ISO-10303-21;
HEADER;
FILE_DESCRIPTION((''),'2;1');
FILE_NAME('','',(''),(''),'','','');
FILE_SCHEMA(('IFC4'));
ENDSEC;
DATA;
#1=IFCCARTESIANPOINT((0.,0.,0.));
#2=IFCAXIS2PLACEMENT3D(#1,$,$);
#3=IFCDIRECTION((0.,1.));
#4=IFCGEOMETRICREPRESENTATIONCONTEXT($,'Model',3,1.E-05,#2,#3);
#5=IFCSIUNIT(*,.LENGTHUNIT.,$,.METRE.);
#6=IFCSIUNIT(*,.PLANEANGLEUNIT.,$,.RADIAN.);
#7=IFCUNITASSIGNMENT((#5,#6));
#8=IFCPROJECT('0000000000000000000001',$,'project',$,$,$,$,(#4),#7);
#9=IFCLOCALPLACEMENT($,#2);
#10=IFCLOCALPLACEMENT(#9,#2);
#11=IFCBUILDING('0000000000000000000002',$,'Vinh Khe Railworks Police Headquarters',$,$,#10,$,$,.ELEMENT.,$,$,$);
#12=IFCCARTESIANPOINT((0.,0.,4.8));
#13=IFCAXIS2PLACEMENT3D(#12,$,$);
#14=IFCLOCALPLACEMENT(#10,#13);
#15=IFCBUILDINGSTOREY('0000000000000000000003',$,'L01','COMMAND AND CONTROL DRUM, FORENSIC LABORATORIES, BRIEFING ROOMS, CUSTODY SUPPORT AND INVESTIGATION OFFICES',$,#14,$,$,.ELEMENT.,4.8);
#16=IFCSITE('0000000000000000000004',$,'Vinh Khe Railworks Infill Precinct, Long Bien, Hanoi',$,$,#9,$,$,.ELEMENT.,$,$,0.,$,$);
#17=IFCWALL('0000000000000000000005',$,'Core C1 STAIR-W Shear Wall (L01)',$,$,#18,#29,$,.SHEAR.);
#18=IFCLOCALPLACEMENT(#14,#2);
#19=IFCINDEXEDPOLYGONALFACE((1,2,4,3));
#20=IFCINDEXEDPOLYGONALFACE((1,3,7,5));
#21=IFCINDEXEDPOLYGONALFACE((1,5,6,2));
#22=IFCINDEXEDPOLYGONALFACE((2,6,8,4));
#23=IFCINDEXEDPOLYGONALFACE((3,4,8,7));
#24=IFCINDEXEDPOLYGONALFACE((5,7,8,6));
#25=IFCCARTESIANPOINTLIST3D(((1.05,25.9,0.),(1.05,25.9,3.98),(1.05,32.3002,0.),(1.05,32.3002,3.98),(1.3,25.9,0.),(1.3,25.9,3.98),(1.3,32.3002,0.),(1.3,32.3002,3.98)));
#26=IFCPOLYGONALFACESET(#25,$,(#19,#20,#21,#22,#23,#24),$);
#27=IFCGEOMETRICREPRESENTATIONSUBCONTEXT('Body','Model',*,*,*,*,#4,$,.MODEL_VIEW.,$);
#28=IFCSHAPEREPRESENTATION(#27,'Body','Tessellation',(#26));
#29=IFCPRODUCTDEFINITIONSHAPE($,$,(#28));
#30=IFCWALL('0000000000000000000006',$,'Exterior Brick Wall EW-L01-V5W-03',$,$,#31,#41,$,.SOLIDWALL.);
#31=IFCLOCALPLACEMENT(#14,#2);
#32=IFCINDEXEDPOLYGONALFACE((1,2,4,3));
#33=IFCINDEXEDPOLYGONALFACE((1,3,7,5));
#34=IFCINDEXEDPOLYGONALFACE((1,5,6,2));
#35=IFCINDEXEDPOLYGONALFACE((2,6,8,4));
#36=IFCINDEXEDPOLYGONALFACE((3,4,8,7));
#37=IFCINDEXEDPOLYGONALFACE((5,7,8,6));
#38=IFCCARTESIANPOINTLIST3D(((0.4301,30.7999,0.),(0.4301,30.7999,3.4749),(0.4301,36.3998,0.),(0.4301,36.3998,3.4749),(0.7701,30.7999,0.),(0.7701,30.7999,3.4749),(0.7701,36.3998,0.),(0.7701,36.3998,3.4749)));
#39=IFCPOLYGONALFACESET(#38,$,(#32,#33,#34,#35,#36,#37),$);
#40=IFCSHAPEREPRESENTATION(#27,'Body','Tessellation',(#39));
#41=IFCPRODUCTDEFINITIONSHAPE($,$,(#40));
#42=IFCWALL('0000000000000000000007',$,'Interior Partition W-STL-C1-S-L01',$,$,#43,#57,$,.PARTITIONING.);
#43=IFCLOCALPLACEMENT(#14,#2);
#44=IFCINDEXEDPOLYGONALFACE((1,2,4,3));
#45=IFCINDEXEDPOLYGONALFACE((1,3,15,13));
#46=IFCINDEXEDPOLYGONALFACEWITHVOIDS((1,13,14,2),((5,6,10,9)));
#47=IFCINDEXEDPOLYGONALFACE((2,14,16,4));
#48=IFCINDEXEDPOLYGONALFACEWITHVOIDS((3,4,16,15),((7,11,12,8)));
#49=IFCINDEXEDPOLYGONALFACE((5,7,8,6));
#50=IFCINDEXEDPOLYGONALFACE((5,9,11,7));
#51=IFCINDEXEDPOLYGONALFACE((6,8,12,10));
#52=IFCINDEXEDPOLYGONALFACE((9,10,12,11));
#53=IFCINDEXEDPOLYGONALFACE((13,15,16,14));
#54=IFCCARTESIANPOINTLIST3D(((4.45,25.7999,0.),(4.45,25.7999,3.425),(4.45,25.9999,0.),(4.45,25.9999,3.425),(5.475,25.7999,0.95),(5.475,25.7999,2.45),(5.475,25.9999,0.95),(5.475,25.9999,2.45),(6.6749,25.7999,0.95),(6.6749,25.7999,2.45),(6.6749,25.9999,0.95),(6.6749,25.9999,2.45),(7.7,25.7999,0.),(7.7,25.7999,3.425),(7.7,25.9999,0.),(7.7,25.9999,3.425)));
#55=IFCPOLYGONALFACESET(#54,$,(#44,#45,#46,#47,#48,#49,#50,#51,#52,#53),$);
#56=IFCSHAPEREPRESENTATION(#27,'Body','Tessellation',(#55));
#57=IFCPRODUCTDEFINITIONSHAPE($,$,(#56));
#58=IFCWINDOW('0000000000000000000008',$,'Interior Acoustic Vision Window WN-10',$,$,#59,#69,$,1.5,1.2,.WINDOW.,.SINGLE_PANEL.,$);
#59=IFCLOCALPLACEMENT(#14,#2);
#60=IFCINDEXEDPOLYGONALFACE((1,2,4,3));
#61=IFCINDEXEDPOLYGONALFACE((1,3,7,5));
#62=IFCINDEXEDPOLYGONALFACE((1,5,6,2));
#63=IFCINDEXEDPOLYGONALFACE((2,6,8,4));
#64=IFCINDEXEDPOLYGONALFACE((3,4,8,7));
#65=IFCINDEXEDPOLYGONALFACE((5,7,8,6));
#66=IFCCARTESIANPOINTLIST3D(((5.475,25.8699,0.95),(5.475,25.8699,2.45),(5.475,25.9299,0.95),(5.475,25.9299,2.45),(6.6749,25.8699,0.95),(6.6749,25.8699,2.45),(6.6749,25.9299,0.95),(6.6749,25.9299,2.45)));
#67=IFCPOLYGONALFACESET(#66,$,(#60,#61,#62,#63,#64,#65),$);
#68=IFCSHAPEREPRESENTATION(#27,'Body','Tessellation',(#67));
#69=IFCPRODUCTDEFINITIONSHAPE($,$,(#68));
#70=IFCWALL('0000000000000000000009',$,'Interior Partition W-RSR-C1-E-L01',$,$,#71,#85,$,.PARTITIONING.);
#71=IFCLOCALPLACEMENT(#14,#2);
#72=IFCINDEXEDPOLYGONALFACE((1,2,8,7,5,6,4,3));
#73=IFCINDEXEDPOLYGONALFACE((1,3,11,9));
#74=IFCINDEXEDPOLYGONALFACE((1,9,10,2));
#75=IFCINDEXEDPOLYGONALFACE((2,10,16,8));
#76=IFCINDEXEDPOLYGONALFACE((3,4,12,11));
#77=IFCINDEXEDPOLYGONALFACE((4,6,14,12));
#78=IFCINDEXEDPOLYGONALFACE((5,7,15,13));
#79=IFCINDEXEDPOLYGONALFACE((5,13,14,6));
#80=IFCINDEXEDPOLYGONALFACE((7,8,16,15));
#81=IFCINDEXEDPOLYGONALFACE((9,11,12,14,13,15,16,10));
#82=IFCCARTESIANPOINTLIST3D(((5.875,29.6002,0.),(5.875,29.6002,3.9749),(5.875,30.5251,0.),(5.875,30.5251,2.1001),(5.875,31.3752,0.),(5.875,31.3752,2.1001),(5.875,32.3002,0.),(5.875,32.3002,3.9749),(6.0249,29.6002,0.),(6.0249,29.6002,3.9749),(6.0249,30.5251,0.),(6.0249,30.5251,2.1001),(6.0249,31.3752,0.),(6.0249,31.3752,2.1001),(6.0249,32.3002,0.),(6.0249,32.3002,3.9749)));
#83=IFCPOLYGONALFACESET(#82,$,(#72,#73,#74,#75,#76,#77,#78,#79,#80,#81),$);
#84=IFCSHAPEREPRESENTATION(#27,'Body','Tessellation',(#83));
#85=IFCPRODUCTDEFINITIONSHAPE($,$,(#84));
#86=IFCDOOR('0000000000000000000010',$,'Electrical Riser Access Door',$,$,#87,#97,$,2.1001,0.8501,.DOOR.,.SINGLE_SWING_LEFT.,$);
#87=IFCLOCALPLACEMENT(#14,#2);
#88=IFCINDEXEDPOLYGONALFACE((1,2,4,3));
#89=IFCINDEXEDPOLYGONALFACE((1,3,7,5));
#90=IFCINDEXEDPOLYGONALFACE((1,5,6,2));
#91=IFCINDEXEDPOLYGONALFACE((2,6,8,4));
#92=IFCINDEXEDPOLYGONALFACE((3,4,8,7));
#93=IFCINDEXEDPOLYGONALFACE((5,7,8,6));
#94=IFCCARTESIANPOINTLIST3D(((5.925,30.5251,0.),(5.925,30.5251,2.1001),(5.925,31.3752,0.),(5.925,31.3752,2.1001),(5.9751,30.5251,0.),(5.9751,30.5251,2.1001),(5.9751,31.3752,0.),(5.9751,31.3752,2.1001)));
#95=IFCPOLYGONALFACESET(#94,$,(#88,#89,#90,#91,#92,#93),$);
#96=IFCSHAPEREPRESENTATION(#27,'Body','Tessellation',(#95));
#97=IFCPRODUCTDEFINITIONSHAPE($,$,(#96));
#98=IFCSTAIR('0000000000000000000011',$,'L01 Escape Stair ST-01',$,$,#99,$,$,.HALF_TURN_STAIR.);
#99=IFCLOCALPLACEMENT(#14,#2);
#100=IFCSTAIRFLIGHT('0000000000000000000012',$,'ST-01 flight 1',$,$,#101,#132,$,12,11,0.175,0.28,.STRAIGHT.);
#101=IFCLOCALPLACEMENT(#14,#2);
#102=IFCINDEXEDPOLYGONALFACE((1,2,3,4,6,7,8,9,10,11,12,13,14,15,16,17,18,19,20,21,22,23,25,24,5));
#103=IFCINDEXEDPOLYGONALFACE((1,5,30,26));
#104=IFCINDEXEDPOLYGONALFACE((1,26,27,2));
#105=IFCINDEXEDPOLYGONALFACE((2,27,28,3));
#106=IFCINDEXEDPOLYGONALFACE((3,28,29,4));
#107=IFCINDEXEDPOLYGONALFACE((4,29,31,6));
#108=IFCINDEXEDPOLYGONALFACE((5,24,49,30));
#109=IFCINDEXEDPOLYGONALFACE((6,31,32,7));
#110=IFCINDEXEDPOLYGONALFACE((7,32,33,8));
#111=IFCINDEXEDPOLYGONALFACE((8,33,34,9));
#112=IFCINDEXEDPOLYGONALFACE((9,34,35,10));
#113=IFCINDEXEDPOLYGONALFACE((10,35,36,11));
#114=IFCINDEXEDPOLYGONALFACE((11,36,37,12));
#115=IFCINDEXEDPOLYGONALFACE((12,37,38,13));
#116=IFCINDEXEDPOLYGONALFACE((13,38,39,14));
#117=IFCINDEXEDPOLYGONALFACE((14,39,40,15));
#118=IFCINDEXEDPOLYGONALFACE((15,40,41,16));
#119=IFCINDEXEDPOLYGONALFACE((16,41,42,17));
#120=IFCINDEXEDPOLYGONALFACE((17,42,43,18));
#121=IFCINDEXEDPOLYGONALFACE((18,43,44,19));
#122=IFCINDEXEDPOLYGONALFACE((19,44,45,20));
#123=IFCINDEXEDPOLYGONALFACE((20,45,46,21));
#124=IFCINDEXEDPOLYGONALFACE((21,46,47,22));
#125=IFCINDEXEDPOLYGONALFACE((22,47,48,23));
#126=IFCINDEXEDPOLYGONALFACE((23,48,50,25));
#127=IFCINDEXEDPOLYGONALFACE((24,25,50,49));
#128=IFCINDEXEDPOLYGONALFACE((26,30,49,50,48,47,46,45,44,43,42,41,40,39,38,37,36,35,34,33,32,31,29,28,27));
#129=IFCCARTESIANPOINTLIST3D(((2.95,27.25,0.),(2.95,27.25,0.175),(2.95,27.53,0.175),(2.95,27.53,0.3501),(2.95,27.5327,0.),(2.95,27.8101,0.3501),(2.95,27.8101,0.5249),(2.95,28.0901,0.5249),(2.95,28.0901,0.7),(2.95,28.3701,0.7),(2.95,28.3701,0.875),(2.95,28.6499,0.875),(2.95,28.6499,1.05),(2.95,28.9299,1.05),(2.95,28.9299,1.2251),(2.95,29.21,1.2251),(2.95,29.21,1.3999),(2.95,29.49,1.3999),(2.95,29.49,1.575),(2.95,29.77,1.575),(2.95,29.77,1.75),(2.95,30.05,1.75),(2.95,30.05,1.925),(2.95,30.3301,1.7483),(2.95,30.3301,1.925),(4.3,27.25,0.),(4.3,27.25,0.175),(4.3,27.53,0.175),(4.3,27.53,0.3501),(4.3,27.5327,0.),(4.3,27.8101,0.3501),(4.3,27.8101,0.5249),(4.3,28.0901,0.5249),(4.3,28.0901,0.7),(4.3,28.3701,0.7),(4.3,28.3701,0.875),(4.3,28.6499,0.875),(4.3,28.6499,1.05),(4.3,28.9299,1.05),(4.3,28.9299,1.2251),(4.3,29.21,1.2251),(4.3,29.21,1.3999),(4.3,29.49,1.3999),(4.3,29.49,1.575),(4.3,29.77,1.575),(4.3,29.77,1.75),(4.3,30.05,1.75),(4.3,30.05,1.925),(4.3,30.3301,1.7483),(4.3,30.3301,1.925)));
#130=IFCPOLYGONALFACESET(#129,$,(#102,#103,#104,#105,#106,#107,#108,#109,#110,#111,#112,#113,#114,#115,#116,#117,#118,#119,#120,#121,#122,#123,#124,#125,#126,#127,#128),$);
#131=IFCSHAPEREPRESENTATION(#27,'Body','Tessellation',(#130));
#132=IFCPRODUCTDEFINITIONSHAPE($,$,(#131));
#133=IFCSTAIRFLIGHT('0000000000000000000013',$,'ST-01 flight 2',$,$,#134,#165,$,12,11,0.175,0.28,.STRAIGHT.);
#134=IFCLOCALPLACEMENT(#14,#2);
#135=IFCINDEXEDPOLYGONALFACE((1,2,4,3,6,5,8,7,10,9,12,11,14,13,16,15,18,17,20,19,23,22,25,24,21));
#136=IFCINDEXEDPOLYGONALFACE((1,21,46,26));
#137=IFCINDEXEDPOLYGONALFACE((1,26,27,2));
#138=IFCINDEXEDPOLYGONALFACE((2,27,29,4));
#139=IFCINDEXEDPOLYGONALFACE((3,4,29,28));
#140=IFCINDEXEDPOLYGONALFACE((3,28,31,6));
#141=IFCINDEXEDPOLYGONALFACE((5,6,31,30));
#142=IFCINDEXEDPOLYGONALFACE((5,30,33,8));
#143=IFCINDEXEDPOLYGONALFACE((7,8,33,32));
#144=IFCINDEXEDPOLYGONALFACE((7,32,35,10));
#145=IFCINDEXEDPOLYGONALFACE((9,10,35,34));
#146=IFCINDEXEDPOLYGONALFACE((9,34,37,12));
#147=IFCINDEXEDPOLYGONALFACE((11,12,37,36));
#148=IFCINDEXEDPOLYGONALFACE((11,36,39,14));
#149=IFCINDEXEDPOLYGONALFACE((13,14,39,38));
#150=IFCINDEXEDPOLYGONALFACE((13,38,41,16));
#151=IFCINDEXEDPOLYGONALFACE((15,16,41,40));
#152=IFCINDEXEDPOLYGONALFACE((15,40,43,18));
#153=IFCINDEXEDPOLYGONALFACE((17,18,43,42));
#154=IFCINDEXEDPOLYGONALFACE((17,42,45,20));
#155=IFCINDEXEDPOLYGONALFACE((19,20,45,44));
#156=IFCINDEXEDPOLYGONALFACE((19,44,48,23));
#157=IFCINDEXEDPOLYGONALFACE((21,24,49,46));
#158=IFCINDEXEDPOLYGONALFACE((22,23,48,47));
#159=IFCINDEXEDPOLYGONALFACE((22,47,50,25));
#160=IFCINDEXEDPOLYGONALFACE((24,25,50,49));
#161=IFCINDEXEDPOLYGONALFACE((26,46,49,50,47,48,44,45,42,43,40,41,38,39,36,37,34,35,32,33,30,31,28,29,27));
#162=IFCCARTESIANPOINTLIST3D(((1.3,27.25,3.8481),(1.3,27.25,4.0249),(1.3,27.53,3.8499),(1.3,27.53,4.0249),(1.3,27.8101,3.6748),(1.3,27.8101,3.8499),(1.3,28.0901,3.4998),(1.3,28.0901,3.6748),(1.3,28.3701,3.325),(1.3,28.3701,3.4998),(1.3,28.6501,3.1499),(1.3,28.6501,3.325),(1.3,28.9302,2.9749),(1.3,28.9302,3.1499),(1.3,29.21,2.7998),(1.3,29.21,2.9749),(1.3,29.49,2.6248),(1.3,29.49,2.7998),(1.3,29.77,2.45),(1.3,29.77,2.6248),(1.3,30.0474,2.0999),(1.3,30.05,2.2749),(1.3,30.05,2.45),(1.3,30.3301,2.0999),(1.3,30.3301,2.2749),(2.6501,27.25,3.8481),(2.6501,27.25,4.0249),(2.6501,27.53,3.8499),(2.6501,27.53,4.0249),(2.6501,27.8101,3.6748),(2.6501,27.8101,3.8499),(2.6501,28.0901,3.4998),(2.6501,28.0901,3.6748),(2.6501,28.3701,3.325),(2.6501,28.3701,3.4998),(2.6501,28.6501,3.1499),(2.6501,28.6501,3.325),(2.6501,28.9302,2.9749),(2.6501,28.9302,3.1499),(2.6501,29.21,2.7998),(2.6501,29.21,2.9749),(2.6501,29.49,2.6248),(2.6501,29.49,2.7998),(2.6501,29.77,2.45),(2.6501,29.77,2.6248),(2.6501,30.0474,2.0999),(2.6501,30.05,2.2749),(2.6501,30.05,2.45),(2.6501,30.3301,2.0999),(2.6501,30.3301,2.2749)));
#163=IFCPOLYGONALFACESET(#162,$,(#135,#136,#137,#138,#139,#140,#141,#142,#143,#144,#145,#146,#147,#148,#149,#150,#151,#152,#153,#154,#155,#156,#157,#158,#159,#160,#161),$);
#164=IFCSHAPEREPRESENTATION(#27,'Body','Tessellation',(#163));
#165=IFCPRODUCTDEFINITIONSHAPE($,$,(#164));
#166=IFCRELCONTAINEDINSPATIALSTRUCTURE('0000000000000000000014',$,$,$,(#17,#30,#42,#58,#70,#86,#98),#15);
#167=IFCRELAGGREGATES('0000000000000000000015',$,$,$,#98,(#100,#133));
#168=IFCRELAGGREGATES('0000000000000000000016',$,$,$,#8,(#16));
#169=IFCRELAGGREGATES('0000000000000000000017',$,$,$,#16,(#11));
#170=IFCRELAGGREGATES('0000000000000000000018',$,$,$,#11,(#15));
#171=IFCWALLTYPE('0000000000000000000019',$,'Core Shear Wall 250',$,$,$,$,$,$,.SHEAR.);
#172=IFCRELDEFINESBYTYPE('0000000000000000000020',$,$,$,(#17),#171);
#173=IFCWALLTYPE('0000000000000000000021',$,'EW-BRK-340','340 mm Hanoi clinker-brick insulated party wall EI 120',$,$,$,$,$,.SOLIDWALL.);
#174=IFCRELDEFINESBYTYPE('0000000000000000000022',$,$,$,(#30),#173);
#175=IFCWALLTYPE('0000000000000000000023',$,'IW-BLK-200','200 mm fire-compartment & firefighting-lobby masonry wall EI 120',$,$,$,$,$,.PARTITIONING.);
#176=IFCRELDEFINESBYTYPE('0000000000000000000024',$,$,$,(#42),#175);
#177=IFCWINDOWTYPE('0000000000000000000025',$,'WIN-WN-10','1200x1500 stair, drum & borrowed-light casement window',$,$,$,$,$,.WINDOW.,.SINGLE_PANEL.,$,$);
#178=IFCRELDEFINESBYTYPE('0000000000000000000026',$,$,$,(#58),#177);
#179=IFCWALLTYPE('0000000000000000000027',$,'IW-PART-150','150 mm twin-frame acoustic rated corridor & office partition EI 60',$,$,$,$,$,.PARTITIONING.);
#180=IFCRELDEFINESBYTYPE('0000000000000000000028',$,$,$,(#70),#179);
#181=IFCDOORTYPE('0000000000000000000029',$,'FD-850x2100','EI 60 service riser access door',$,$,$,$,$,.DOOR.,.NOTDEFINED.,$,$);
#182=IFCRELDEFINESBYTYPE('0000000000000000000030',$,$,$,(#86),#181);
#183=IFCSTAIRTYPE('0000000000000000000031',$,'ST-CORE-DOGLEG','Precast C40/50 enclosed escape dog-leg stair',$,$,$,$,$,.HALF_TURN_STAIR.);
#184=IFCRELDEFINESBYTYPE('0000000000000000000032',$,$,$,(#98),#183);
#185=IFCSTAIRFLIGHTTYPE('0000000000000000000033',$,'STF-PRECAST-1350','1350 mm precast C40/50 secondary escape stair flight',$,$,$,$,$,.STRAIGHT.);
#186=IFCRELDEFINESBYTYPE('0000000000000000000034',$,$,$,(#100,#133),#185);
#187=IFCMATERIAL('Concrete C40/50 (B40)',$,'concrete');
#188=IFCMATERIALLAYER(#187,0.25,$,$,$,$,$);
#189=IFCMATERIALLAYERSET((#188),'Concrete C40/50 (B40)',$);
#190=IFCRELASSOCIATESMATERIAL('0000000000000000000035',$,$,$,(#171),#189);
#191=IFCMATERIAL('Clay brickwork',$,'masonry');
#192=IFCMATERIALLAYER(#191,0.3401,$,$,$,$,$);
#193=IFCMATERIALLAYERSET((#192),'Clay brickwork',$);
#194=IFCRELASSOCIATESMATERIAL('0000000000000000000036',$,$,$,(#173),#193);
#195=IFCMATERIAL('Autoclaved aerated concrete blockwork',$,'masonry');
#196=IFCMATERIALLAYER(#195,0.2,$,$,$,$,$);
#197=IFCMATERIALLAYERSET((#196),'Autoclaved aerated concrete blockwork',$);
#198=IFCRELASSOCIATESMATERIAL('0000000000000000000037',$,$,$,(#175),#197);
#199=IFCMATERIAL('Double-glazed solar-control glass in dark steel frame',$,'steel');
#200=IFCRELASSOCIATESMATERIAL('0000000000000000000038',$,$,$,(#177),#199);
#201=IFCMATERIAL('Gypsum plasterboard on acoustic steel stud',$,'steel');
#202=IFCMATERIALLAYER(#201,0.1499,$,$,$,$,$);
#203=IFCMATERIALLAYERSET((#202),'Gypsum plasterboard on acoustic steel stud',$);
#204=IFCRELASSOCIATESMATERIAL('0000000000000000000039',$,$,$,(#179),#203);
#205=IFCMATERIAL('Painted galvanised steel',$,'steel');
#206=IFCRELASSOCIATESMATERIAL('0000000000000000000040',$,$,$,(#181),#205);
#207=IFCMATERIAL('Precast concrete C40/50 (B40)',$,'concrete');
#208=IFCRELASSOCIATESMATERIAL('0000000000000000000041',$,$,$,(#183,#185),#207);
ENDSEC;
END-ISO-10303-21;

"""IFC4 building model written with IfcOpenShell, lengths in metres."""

from ifc_helpers import new_model, si_unit, direction, frame, frame_2d, origin, place, context, subcontext, project, spatial, polyline, rectangle, outline, extrude, material, layer, layer_set, type_object, element, fill, aggregate, save


model = new_model("IFC4")

# Units and contexts
model_context = context("Model", 3, precision=1e-05, world=origin(), true_north=direction((0.0, 1.0)))
body_context = subcontext(model_context, "Body", "Model", "MODEL_VIEW")
ifc_project = project(units=[si_unit("LENGTHUNIT", "METRE"), si_unit("PLANEANGLEUNIT", "RADIAN")], contexts=[model_context])

# Site, building, storey
site_placement = place(None, origin())
site = spatial("IfcSite", under=ifc_project, at=site_placement, Name="Vinh Khe Railworks Infill Precinct, Long Bien, Hanoi", CompositionType="ELEMENT", RefElevation=0.0)
building_placement = place(site_placement, origin())
building = spatial("IfcBuilding", under=site, at=building_placement, Name="Vinh Khe Railworks Police Headquarters", CompositionType="ELEMENT")
storey_placement = place(building_placement, frame((0.0, 0.0, 4.8)))
storey = spatial("IfcBuildingStorey", under=building, at=storey_placement, Name="L01", Description="COMMAND AND CONTROL DRUM, FORENSIC LABORATORIES, BRIEFING ROOMS, CUSTODY SUPPORT AND INVESTIGATION OFFICES", CompositionType="ELEMENT", Elevation=4.8)

# Shared definitions
ifc_material_1 = material(Name="Concrete C40/50 (B40)", Category="concrete")

# Wall
ifc_layer_1 = layer(ifc_material_1, 0.25)
ifc_layer_set_1 = layer_set([ifc_layer_1], Name="Concrete C40/50 (B40)")
wall_type_1 = type_object("IfcWallType", Name="Core Shear Wall 250", PredefinedType="SHEAR", material=ifc_layer_set_1)
wall_1_placement = place(storey_placement, frame((1.175, 25.8999, 0.0), z_axis=(0.0, 0.0, 1.0), x_axis=(0.0, 1.0, 0.0)))
element("IfcWall", 1, at=wall_1_placement, inside=storey, type_object=wall_type_1, Name="Core C1 STAIR-W Shear Wall (L01)", PredefinedType="SHEAR", context=body_context, shape_type="SweptSolid", body=[
    extrude(rectangle(XDim=6.4001, YDim=0.25, at=frame_2d((3.2002, 0.0))), origin(), (0.0, 0.0, 1.0), 3.98),
])

# Shared definitions
ifc_material_2 = material(Name="Painted galvanised steel", Category="steel")

# Wall
ifc_material_3 = material(Name="Clay brickwork", Category="masonry")
ifc_layer_2 = layer(ifc_material_3, 0.3401)
ifc_layer_set_2 = layer_set([ifc_layer_2], Name="Clay brickwork")
wall_type_2 = type_object("IfcWallType", Name="EW-BRK-340", Description="340 mm Hanoi clinker-brick insulated party wall EI 120", PredefinedType="SOLIDWALL", material=ifc_layer_set_2)
wall_2_placement = place(storey_placement, frame((0.6001, 30.8, 0.0), z_axis=(0.0, 0.0, 1.0), x_axis=(0.0, 1.0, 0.0)))
element("IfcWall", 2, at=wall_2_placement, inside=storey, type_object=wall_type_2, Name="Exterior Brick Wall EW-L01-V5W-03", PredefinedType="SOLIDWALL", context=body_context, shape_type="SweptSolid", body=[
    extrude(rectangle(XDim=5.5999, YDim=0.3401, at=frame_2d((2.7998, 0.0))), origin(), (0.0, 0.0, 1.0), 3.4749),
])

# Wall, opening, window
ifc_material_4 = material(Name="Autoclaved aerated concrete blockwork", Category="masonry")
ifc_layer_3 = layer(ifc_material_4, 0.2)
ifc_layer_set_3 = layer_set([ifc_layer_3], Name="Autoclaved aerated concrete blockwork")
wall_type_3 = type_object("IfcWallType", Name="IW-BLK-200", Description="200 mm fire-compartment & firefighting-lobby masonry wall EI 120", PredefinedType="PARTITIONING", material=ifc_layer_set_3)
wall_3_placement = place(storey_placement, frame((4.45, 25.8999, 0.0), z_axis=(0.0, 0.0, 1.0), x_axis=(1.0, 0.0, 0.0)))
wall_3 = element("IfcWall", 3, at=wall_3_placement, inside=storey, type_object=wall_type_3, Name="Interior Partition W-STL-C1-S-L01", PredefinedType="PARTITIONING", context=body_context, shape_type="SweptSolid", body=[
    extrude(rectangle(XDim=3.25, YDim=0.2, at=frame_2d((1.625, 0.0))), origin(), (0.0, 0.0, 1.0), 3.425),
])
opening_1_placement = place(wall_3_placement, frame((1.0249, 0.0, 0.95)))
opening_1 = element("IfcOpeningElement", 4, at=opening_1_placement, cuts=wall_3, PredefinedType="OPENING", context=body_context, shape_type="SweptSolid", body=[
    extrude(rectangle(XDim=1.2, YDim=1.5, at=frame_2d((0.6001, 0.75))), frame((0.0, 0.1147, 0.0), z_axis=(0.0, -1.0, 0.0), x_axis=(1.0, 0.0, 0.0)), (0.0, 0.0, 1.0), 0.2297),
])
ifc_material_5 = material(Name="Double-glazed solar-control glass in dark steel frame", Category="steel")
window_type = type_object("IfcWindowType", Name="WIN-WN-10", Description="1200x1500 stair, drum & borrowed-light casement window", PartitioningType="SINGLE_PANEL", PredefinedType="WINDOW", material=ifc_material_5)
window_placement = place(opening_1_placement, origin())
window = element("IfcWindow", 5, at=window_placement, inside=storey, type_object=window_type, Name="Interior Acoustic Vision Window WN-10", OverallHeight=1.5, OverallWidth=1.2, PartitioningType="SINGLE_PANEL", PredefinedType="WINDOW", context=body_context, shape_type="SweptSolid", body=[
    extrude(rectangle(XDim=1.2, YDim=1.5, at=frame_2d((0.6001, 0.75))), frame((0.0, 0.03, 0.0), z_axis=(0.0, -1.0, 0.0), x_axis=(1.0, 0.0, 0.0)), (0.0, 0.0, 1.0), 0.0601),
])
fill(opening_1, window)

# Wall, opening, door
ifc_material_6 = material(Name="Gypsum plasterboard on acoustic steel stud", Category="steel")
ifc_layer_4 = layer(ifc_material_6, 0.1499)
ifc_layer_set_4 = layer_set([ifc_layer_4], Name="Gypsum plasterboard on acoustic steel stud")
wall_type_4 = type_object("IfcWallType", Name="IW-PART-150", Description="150 mm twin-frame acoustic rated corridor & office partition EI 60", PredefinedType="PARTITIONING", material=ifc_layer_set_4)
wall_4_placement = place(storey_placement, frame((5.95, 29.6001, 0.0), z_axis=(0.0, 0.0, 1.0), x_axis=(0.0, 1.0, 0.0)))
wall_4 = element("IfcWall", 6, at=wall_4_placement, inside=storey, type_object=wall_type_4, Name="Interior Partition W-RSR-C1-E-L01", PredefinedType="PARTITIONING", context=body_context, shape_type="SweptSolid", body=[
    extrude(rectangle(XDim=2.7, YDim=0.1499, at=frame_2d((1.3501, 0.0))), origin(), (0.0, 0.0, 1.0), 3.9749),
])
opening_2_placement = place(wall_4_placement, frame((0.925, 0.0, 0.0)))
opening_2 = element("IfcOpeningElement", 7, at=opening_2_placement, cuts=wall_4, PredefinedType="OPENING", context=body_context, shape_type="SweptSolid", body=[
    extrude(rectangle(XDim=0.8501, YDim=2.1001, at=frame_2d((0.425, 1.05))), frame((0.0, 0.0898, 0.0), z_axis=(0.0, -1.0, 0.0), x_axis=(1.0, 0.0, 0.0)), (0.0, 0.0, 1.0), 0.1797),
])
door_type_1 = type_object("IfcDoorType", Name="FD-850x2100", Description="EI 60 service riser access door", OperationType="NOTDEFINED", PredefinedType="DOOR", material=ifc_material_2)
door_1_placement = place(opening_2_placement, origin())
door_1 = element("IfcDoor", 8, at=door_1_placement, inside=storey, type_object=door_type_1, Name="Electrical Riser Access Door", OperationType="SINGLE_SWING_LEFT", OverallHeight=2.1001, OverallWidth=0.8501, PredefinedType="DOOR", context=body_context, shape_type="SweptSolid", body=[
    extrude(rectangle(XDim=0.8501, YDim=2.1001, at=frame_2d((0.425, 1.05))), frame((0.0, 0.0249, 0.0), z_axis=(0.0, -1.0, 0.0), x_axis=(1.0, 0.0, 0.0)), (0.0, 0.0, 1.0), 0.05),
])
fill(opening_2, door_1)

# Stair, stair flights
ifc_material_7 = material(Name="Precast concrete C40/50 (B40)", Category="concrete")
stair_type = type_object("IfcStairType", Name="ST-CORE-DOGLEG", Description="Precast C40/50 enclosed escape dog-leg stair", PredefinedType="HALF_TURN_STAIR", material=ifc_material_7)
stair_placement = place(storey_placement, origin())
stair = element("IfcStair", 9, at=stair_placement, inside=storey, type_object=stair_type, Name="L01 Escape Stair ST-01", PredefinedType="HALF_TURN_STAIR")
stair_flight_type = type_object("IfcStairFlightType", Name="STF-PRECAST-1350", Description="1350 mm precast C40/50 secondary escape stair flight", PredefinedType="STRAIGHT", material=ifc_material_7)
stair_flight_1_placement = place(storey_placement, frame((3.625, 27.25, 0.0), z_axis=(0.0, 0.0, 1.0), x_axis=(0.0, 1.0, 0.0)))
stair_flight_1 = element("IfcStairFlight", 10, at=stair_flight_1_placement, type_object=stair_flight_type, Name="ST-01 flight 1", NumberOfRisers=12, NumberOfTreads=11, PredefinedType="STRAIGHT", RiserHeight=0.175, TreadLength=0.28, context=body_context, shape_type="SweptSolid", body=[
    extrude(outline(polyline([(0.0, 0.0), (0.0, 0.175), (0.28, 0.175), (0.28, 0.3501), (0.5601, 0.3501), (0.5601, 0.5249), (0.8401, 0.5249), (0.8401, 0.7), (1.1201, 0.7), (1.1201, 0.875), (1.3999, 0.875), (1.3999, 1.05), (1.6799, 1.05), (1.6799, 1.2251), (1.96, 1.2251), (1.96, 1.3999), (2.24, 1.3999), (2.24, 1.575), (2.52, 1.575), (2.52, 1.75), (2.8, 1.75), (2.8, 1.925), (3.0801, 1.925), (3.0801, 2.1001), (3.0801, 1.7483), (0.2827, 0.0), (0.0, 0.0)])), frame((0.0, 0.675, 0.0), z_axis=(0.0, -1.0, 0.0), x_axis=(1.0, 0.0, 0.0)), (0.0, 0.0, 1.0), 1.3501),
])
stair_flight_2_placement = place(storey_placement, frame((1.9751, 30.3301, 2.0999), z_axis=(0.0, 0.0, 1.0), x_axis=(0.0, -1.0, 0.0)))
stair_flight_2 = element("IfcStairFlight", 11, at=stair_flight_2_placement, type_object=stair_flight_type, Name="ST-01 flight 2", NumberOfRisers=12, NumberOfTreads=11, PredefinedType="STRAIGHT", RiserHeight=0.175, TreadLength=0.28, context=body_context, shape_type="SweptSolid", body=[
    extrude(outline(polyline([(0.0, 0.0), (0.0, 0.175), (0.28, 0.175), (0.28, 0.3501), (0.5601, 0.3501), (0.5601, 0.5249), (0.8401, 0.5249), (0.8401, 0.7), (1.1201, 0.7), (1.1201, 0.875), (1.3999, 0.875), (1.3999, 1.05), (1.6799, 1.05), (1.6799, 1.2251), (1.96, 1.2251), (1.96, 1.3999), (2.24, 1.3999), (2.24, 1.575), (2.52, 1.575), (2.52, 1.75), (2.8, 1.75), (2.8, 1.925), (3.0801, 1.925), (3.0801, 2.1001), (3.0801, 1.7483), (0.2827, 0.0), (0.0, 0.0)])), frame((0.0, 0.675, 0.0), z_axis=(0.0, -1.0, 0.0), x_axis=(1.0, 0.0, 0.0)), (0.0, 0.0, 1.0), 1.3501),
])
aggregate(stair, [stair_flight_1, stair_flight_2])

save(model, "model.ifc")
